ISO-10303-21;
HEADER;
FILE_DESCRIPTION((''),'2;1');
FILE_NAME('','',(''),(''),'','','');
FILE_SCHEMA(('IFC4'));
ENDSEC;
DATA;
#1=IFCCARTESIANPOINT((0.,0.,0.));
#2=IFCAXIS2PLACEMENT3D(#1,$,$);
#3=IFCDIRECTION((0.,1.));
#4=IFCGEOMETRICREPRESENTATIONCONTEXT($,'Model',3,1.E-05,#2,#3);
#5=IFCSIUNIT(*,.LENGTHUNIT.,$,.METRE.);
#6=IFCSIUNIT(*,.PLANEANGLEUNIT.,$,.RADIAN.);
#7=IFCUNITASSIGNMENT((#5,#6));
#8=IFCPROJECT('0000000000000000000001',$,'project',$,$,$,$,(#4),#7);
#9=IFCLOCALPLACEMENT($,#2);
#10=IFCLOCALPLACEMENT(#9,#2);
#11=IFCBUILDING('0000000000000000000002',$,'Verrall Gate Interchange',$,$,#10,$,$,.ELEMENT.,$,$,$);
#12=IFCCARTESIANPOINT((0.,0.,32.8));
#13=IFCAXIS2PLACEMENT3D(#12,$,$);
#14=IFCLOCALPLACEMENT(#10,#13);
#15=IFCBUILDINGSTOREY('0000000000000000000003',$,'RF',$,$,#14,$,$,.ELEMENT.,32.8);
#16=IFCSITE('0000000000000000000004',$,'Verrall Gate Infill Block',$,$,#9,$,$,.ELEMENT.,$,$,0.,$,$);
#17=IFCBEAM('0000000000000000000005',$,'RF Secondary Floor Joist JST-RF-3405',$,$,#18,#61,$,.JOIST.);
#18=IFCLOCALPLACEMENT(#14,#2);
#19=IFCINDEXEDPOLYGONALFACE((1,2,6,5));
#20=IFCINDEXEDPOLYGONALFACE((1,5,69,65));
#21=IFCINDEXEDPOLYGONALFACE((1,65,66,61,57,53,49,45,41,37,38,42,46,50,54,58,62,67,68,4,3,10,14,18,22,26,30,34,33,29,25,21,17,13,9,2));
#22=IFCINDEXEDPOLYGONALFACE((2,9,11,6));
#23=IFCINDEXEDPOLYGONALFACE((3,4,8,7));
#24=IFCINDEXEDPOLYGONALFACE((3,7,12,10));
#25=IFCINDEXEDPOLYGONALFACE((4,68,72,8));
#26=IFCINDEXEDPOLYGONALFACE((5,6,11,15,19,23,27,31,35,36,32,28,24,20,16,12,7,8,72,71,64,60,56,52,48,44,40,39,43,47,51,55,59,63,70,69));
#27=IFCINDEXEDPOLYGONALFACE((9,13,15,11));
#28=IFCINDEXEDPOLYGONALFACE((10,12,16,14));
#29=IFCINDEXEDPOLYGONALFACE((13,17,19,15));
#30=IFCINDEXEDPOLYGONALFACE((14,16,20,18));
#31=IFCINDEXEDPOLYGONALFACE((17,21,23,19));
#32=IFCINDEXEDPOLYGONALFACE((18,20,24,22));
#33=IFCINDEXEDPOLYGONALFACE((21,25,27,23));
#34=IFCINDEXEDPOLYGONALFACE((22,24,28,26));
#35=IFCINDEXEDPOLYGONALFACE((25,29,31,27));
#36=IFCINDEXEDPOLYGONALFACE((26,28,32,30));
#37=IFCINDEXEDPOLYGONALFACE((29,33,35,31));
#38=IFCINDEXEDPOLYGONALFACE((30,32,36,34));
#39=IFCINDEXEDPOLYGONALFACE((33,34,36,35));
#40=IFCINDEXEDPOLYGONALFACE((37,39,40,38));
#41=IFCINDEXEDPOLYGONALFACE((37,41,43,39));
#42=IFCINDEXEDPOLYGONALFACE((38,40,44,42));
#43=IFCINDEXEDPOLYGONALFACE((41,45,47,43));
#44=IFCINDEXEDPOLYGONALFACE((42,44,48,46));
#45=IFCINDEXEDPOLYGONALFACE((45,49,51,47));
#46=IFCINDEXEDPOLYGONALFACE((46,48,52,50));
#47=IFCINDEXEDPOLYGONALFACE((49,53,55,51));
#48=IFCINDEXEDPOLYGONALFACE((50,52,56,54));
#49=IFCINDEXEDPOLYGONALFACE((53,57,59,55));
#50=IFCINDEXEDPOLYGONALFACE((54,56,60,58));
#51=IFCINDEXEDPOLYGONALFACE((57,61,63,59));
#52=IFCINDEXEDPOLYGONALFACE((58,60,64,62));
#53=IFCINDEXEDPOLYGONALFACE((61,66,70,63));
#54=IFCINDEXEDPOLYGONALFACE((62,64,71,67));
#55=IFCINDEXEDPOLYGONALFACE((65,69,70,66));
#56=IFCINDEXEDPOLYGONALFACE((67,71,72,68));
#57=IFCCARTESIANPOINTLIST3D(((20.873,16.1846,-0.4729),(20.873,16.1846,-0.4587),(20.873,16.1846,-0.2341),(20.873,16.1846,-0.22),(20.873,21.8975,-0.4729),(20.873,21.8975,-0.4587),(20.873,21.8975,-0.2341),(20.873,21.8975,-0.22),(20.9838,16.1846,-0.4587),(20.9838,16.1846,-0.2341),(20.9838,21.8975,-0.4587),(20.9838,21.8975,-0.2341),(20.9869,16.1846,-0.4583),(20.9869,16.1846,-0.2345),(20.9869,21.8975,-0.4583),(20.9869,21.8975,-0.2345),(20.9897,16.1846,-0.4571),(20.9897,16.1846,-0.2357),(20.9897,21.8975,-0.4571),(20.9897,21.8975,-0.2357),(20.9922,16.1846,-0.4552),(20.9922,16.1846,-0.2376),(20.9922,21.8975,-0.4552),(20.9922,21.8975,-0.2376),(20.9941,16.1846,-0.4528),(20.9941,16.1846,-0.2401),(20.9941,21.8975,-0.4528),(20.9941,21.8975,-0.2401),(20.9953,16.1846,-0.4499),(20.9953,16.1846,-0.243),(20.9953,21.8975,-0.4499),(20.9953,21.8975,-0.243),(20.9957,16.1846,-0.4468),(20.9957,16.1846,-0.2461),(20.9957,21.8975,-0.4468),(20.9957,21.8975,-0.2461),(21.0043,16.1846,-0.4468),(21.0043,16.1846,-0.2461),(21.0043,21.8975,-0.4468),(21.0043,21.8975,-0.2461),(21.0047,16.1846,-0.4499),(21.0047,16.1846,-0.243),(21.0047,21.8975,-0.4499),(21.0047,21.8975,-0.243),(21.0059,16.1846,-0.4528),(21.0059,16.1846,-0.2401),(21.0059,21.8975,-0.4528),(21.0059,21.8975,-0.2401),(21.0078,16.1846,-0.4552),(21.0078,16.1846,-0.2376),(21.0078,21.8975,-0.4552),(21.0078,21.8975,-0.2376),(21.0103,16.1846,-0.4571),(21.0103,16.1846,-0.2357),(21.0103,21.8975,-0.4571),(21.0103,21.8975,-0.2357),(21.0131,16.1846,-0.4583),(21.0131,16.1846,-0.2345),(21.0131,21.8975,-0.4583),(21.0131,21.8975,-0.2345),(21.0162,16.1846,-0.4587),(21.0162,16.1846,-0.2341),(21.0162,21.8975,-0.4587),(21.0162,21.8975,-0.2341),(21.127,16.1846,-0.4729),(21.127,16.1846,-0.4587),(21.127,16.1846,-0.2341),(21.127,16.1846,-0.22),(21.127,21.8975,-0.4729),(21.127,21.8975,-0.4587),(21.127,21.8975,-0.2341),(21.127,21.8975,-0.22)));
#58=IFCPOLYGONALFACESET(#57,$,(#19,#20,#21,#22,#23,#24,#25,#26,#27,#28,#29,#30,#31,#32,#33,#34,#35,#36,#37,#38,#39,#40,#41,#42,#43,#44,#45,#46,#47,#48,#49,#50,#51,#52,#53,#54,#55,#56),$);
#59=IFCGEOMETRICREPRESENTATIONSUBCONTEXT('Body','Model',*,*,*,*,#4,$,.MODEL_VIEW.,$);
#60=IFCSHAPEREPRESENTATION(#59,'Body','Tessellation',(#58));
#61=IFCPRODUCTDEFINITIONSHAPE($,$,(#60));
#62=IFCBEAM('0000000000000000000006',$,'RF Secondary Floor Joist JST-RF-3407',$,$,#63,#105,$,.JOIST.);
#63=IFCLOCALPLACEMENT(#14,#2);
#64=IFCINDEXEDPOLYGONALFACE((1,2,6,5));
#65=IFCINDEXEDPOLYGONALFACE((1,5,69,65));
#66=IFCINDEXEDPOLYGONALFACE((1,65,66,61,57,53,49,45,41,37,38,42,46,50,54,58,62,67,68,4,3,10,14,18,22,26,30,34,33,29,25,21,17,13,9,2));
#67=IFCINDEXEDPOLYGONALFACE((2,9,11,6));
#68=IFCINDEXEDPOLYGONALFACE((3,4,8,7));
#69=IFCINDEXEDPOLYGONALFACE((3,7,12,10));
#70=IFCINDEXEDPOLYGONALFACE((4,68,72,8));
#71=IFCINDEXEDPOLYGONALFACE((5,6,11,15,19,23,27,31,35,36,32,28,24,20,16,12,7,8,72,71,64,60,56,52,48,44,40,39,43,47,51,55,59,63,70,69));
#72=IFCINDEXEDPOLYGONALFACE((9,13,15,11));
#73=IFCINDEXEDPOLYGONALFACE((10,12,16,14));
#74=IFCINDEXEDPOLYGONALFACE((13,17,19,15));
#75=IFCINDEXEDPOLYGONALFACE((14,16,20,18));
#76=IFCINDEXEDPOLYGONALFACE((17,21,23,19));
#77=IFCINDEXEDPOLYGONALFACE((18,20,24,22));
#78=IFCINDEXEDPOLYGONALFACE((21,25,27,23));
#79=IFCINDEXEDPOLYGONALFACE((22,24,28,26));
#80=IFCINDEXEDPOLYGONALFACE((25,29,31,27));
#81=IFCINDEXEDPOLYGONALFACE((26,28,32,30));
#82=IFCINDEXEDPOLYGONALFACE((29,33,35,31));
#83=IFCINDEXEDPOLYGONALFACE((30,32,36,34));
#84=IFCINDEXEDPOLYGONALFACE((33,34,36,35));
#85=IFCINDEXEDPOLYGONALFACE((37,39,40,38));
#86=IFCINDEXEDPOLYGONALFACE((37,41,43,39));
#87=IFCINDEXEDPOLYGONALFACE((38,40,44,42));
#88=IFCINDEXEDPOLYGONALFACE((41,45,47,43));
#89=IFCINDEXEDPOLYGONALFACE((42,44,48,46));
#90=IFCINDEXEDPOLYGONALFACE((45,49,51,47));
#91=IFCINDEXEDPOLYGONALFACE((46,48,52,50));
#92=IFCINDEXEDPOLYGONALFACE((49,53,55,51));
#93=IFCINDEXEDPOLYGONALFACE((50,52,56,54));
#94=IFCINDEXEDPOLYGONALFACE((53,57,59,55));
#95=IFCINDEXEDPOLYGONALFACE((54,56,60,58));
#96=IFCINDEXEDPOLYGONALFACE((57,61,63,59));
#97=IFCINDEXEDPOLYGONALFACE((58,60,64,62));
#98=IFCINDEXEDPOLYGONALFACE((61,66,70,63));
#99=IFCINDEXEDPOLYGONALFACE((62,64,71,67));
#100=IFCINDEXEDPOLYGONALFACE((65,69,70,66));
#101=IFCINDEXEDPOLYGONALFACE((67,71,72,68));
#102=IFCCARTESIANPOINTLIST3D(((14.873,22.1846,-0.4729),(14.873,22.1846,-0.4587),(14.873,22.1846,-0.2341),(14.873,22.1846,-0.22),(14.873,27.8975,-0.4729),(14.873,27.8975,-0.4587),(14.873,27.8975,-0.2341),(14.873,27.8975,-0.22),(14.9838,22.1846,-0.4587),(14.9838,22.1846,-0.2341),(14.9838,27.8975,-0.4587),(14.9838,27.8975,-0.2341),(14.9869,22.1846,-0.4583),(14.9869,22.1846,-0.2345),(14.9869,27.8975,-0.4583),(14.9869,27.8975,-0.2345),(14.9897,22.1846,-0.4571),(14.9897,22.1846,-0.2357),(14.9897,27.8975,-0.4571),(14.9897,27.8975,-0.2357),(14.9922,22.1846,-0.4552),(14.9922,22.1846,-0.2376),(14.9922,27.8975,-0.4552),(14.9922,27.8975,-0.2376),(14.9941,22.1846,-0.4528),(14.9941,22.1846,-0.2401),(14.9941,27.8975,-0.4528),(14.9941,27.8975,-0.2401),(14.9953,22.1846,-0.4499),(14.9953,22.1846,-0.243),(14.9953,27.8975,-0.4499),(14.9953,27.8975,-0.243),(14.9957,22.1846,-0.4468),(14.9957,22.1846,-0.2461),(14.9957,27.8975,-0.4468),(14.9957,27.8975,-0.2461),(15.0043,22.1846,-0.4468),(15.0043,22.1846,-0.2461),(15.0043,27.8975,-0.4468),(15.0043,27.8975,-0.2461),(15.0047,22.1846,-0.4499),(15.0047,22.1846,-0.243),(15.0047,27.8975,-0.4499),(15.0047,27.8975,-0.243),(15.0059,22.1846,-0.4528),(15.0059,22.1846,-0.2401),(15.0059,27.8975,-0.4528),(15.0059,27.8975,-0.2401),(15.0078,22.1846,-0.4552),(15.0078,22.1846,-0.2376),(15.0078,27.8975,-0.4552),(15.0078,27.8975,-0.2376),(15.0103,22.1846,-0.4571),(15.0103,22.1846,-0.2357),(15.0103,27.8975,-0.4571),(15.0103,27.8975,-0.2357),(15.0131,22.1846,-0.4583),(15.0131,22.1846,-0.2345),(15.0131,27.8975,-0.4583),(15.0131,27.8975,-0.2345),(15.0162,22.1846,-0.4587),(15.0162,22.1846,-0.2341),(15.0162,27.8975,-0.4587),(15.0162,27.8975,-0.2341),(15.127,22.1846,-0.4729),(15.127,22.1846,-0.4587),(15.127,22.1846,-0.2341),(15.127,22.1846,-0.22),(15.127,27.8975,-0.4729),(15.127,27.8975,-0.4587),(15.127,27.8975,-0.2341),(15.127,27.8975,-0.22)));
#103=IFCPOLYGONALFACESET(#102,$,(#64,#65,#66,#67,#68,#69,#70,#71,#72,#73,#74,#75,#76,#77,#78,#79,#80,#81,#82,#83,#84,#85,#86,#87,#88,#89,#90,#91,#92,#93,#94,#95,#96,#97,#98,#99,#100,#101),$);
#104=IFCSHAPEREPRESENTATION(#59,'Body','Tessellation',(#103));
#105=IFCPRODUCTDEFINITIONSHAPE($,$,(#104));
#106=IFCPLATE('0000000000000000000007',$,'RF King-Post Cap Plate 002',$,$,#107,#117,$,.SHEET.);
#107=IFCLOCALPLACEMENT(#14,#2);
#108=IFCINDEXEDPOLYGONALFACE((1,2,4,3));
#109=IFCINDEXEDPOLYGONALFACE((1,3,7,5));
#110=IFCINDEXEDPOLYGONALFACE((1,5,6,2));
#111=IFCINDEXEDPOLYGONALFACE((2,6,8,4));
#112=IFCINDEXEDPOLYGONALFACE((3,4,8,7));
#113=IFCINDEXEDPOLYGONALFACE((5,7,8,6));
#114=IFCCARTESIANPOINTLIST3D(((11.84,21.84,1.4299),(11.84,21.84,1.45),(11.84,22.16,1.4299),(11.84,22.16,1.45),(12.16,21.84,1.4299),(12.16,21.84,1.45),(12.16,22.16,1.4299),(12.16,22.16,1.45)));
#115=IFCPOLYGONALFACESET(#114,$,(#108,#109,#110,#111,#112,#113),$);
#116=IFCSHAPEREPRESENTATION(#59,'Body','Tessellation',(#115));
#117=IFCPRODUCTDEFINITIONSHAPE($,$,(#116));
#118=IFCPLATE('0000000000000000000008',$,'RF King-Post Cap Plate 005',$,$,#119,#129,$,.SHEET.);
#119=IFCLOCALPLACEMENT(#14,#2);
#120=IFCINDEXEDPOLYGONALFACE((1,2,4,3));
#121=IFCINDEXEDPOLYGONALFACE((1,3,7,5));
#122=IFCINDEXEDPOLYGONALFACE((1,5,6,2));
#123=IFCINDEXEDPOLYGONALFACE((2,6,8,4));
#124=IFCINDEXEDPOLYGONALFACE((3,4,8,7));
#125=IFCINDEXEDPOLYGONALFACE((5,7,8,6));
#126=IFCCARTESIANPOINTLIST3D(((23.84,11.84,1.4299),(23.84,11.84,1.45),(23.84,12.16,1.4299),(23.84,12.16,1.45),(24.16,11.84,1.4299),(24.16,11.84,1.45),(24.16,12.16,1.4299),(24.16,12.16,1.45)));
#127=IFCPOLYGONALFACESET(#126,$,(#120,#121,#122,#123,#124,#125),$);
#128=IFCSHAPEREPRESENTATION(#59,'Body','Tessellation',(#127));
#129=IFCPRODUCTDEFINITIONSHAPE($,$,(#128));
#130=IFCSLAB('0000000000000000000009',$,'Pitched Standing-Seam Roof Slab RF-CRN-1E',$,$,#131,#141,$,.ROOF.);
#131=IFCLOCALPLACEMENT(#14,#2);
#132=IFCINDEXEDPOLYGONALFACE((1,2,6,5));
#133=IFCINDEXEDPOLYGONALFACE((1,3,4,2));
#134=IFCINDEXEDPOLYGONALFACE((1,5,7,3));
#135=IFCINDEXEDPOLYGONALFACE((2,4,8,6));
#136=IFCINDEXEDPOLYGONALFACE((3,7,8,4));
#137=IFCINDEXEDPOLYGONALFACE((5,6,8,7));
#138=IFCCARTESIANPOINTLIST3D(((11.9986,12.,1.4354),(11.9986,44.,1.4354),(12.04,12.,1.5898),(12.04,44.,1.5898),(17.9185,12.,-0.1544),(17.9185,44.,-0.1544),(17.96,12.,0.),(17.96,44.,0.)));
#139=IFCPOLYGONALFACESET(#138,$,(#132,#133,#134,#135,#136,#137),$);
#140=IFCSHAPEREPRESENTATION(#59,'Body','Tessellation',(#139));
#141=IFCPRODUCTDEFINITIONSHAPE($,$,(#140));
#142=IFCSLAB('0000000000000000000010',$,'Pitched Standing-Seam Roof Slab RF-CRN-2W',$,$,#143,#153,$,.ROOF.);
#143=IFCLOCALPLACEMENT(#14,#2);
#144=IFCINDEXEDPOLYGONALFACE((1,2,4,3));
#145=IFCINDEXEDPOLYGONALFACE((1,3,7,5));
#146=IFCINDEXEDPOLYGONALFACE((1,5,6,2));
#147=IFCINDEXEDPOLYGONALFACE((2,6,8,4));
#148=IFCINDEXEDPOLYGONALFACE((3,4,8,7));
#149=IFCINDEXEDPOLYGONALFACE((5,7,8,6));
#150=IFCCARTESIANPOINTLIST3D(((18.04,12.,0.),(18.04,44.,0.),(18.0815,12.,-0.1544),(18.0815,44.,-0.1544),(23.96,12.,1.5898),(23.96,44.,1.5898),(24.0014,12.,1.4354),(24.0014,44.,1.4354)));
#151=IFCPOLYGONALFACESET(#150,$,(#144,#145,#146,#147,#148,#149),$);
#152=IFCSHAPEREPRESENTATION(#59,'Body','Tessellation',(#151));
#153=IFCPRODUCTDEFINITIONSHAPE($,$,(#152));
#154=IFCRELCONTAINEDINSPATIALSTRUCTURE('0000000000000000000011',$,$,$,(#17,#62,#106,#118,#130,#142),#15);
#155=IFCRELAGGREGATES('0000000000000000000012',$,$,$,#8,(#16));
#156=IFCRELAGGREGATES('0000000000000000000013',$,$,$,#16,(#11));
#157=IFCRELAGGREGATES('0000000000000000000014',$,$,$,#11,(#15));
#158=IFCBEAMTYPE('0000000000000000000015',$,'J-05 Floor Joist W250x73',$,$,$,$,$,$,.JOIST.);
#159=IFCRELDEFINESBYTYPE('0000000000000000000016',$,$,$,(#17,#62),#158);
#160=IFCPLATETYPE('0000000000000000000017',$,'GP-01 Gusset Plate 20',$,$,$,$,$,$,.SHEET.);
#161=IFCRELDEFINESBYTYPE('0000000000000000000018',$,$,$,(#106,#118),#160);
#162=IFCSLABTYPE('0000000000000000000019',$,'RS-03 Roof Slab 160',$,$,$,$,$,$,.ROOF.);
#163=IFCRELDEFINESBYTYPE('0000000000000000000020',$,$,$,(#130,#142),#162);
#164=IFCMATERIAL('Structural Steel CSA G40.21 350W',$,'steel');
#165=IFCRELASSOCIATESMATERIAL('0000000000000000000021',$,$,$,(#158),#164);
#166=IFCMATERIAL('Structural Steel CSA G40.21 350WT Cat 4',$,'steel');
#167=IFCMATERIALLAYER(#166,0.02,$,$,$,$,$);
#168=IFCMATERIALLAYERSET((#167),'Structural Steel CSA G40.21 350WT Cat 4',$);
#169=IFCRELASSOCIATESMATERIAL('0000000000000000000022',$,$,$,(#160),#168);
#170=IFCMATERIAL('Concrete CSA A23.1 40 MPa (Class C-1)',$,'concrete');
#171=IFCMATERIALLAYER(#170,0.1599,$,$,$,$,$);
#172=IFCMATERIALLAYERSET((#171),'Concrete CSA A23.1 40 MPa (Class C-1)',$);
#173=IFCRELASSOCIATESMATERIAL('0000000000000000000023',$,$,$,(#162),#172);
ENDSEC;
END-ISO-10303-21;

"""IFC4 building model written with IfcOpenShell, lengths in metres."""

from ifc_helpers import new_model, si_unit, direction, frame, origin, origin_2d, place, context, subcontext, project, spatial, polyline, rectangle, i_section, outline, extrude, material, layer, layer_set, material_profile, profile_set, type_object, element, save


model = new_model("IFC4")

# Units and contexts
model_context = context("Model", 3, precision=1e-05, world=origin(), true_north=direction((0.0, 1.0)))
body_context = subcontext(model_context, "Body", "Model", "MODEL_VIEW")
ifc_project = project(units=[si_unit("LENGTHUNIT", "METRE"), si_unit("PLANEANGLEUNIT", "RADIAN")], contexts=[model_context])

# Site, building, storey
site_placement = place(None, origin())
site = spatial("IfcSite", under=ifc_project, at=site_placement, Name="Verrall Gate Infill Block", CompositionType="ELEMENT", RefElevation=0.0)
building_placement = place(site_placement, origin())
building = spatial("IfcBuilding", under=site, at=building_placement, Name="Verrall Gate Interchange", CompositionType="ELEMENT")
storey_placement = place(building_placement, frame((0.0, 0.0, 32.8)))
storey = spatial("IfcBuildingStorey", under=building, at=storey_placement, Name="RF", CompositionType="ELEMENT", Elevation=32.8)

# Beams
ifc_material_1 = material(Name="Structural Steel CSA G40.21 350W", Category="steel")
ifc_material_profile_1 = material_profile(ifc_material_1, i_section(OverallWidth=0.2539, OverallDepth=0.2529, WebThickness=0.0085, FlangeThickness=0.0142, FilletRadius=0.012, at=origin_2d()), Name="W250x73")
ifc_profile_set_1 = profile_set([ifc_material_profile_1], Name="Structural Steel CSA G40.21 350W")
beam_type_1 = type_object("IfcBeamType", Name="J-05 Floor Joist W250x73", PredefinedType="JOIST", material=ifc_profile_set_1)
for number, where, z_axis, x_axis, name in (
    (1, (21.0, 16.1846, -0.3464), (0.0, 1.0, 0.0), (-1.0, 0.0, 0.0), "RF Secondary Floor Joist JST-RF-3405"),
    (2, (15.0, 22.1846, -0.3464), (0.0, 1.0, 0.0), (-1.0, 0.0, 0.0), "RF Secondary Floor Joist JST-RF-3407"),
):
    element("IfcBeam", number, at=place(storey_placement, frame(where, z_axis=z_axis, x_axis=x_axis)), inside=storey, type_object=beam_type_1, Name=name, PredefinedType="JOIST", context=body_context, shape_type="SweptSolid", body=[
        extrude(i_section(OverallWidth=0.2539, OverallDepth=0.2529, WebThickness=0.0085, FlangeThickness=0.0142, FilletRadius=0.012, at=origin_2d()), origin(), (0.0, 0.0, 1.0), 5.7129),
    ])

# Plates
ifc_material_2 = material(Name="Structural Steel CSA G40.21 350WT Cat 4", Category="steel")
ifc_layer_1 = layer(ifc_material_2, 0.02)
ifc_layer_set_1 = layer_set([ifc_layer_1], Name="Structural Steel CSA G40.21 350WT Cat 4")
plate_type = type_object("IfcPlateType", Name="GP-01 Gusset Plate 20", PredefinedType="SHEET", material=ifc_layer_set_1)
for number, where, z_axis, x_axis, name in (
    (3, (12.0, 22.0, 1.4299), (0.0, 0.0, 1.0), (1.0, 0.0, 0.0), "RF King-Post Cap Plate 002"),
    (4, (24.0, 12.0, 1.4299), (0.0, 0.0, 1.0), (1.0, 0.0, 0.0), "RF King-Post Cap Plate 005"),
):
    element("IfcPlate", number, at=place(storey_placement, frame(where, z_axis=z_axis, x_axis=x_axis)), inside=storey, type_object=plate_type, Name=name, PredefinedType="SHEET", context=body_context, shape_type="SweptSolid", body=[
        extrude(rectangle(XDim=0.3201, YDim=0.3201, at=origin_2d()), origin(), (0.0, 0.0, 1.0), 0.02),
    ])

# Slabs
ifc_material_3 = material(Name="Concrete CSA A23.1 40 MPa (Class C-1)", Category="concrete")
ifc_layer_2 = layer(ifc_material_3, 0.1599)
ifc_layer_set_2 = layer_set([ifc_layer_2], Name="Concrete CSA A23.1 40 MPa (Class C-1)")
slab_type = type_object("IfcSlabType", Name="RS-03 Roof Slab 160", PredefinedType="ROOF", material=ifc_layer_set_2)
for number, where, z_axis, x_axis, name in (
    (5, (12.04, 12.0, 1.5898), (0.259368, 0.0, 0.965779), (0.965779, 0.0, -0.259368), "Pitched Standing-Seam Roof Slab RF-CRN-1E"),
    (6, (18.04, 12.0, 0.0), (-0.259368, 0.0, 0.965779), (0.965779, 0.0, 0.259368), "Pitched Standing-Seam Roof Slab RF-CRN-2W"),
):
    element("IfcSlab", number, at=place(storey_placement, frame(where, z_axis=z_axis, x_axis=x_axis)), inside=storey, type_object=slab_type, Name=name, PredefinedType="ROOF", context=body_context, shape_type="SweptSolid", body=[
        extrude(outline(polyline([(0.0, 0.0), (6.1297, 0.0), (6.1297, 32.0), (0.0, 32.0), (0.0, 0.0)])), origin(), (0.0, 0.0, -1.0), 0.1599),
    ])

save(model, "model.ifc")
